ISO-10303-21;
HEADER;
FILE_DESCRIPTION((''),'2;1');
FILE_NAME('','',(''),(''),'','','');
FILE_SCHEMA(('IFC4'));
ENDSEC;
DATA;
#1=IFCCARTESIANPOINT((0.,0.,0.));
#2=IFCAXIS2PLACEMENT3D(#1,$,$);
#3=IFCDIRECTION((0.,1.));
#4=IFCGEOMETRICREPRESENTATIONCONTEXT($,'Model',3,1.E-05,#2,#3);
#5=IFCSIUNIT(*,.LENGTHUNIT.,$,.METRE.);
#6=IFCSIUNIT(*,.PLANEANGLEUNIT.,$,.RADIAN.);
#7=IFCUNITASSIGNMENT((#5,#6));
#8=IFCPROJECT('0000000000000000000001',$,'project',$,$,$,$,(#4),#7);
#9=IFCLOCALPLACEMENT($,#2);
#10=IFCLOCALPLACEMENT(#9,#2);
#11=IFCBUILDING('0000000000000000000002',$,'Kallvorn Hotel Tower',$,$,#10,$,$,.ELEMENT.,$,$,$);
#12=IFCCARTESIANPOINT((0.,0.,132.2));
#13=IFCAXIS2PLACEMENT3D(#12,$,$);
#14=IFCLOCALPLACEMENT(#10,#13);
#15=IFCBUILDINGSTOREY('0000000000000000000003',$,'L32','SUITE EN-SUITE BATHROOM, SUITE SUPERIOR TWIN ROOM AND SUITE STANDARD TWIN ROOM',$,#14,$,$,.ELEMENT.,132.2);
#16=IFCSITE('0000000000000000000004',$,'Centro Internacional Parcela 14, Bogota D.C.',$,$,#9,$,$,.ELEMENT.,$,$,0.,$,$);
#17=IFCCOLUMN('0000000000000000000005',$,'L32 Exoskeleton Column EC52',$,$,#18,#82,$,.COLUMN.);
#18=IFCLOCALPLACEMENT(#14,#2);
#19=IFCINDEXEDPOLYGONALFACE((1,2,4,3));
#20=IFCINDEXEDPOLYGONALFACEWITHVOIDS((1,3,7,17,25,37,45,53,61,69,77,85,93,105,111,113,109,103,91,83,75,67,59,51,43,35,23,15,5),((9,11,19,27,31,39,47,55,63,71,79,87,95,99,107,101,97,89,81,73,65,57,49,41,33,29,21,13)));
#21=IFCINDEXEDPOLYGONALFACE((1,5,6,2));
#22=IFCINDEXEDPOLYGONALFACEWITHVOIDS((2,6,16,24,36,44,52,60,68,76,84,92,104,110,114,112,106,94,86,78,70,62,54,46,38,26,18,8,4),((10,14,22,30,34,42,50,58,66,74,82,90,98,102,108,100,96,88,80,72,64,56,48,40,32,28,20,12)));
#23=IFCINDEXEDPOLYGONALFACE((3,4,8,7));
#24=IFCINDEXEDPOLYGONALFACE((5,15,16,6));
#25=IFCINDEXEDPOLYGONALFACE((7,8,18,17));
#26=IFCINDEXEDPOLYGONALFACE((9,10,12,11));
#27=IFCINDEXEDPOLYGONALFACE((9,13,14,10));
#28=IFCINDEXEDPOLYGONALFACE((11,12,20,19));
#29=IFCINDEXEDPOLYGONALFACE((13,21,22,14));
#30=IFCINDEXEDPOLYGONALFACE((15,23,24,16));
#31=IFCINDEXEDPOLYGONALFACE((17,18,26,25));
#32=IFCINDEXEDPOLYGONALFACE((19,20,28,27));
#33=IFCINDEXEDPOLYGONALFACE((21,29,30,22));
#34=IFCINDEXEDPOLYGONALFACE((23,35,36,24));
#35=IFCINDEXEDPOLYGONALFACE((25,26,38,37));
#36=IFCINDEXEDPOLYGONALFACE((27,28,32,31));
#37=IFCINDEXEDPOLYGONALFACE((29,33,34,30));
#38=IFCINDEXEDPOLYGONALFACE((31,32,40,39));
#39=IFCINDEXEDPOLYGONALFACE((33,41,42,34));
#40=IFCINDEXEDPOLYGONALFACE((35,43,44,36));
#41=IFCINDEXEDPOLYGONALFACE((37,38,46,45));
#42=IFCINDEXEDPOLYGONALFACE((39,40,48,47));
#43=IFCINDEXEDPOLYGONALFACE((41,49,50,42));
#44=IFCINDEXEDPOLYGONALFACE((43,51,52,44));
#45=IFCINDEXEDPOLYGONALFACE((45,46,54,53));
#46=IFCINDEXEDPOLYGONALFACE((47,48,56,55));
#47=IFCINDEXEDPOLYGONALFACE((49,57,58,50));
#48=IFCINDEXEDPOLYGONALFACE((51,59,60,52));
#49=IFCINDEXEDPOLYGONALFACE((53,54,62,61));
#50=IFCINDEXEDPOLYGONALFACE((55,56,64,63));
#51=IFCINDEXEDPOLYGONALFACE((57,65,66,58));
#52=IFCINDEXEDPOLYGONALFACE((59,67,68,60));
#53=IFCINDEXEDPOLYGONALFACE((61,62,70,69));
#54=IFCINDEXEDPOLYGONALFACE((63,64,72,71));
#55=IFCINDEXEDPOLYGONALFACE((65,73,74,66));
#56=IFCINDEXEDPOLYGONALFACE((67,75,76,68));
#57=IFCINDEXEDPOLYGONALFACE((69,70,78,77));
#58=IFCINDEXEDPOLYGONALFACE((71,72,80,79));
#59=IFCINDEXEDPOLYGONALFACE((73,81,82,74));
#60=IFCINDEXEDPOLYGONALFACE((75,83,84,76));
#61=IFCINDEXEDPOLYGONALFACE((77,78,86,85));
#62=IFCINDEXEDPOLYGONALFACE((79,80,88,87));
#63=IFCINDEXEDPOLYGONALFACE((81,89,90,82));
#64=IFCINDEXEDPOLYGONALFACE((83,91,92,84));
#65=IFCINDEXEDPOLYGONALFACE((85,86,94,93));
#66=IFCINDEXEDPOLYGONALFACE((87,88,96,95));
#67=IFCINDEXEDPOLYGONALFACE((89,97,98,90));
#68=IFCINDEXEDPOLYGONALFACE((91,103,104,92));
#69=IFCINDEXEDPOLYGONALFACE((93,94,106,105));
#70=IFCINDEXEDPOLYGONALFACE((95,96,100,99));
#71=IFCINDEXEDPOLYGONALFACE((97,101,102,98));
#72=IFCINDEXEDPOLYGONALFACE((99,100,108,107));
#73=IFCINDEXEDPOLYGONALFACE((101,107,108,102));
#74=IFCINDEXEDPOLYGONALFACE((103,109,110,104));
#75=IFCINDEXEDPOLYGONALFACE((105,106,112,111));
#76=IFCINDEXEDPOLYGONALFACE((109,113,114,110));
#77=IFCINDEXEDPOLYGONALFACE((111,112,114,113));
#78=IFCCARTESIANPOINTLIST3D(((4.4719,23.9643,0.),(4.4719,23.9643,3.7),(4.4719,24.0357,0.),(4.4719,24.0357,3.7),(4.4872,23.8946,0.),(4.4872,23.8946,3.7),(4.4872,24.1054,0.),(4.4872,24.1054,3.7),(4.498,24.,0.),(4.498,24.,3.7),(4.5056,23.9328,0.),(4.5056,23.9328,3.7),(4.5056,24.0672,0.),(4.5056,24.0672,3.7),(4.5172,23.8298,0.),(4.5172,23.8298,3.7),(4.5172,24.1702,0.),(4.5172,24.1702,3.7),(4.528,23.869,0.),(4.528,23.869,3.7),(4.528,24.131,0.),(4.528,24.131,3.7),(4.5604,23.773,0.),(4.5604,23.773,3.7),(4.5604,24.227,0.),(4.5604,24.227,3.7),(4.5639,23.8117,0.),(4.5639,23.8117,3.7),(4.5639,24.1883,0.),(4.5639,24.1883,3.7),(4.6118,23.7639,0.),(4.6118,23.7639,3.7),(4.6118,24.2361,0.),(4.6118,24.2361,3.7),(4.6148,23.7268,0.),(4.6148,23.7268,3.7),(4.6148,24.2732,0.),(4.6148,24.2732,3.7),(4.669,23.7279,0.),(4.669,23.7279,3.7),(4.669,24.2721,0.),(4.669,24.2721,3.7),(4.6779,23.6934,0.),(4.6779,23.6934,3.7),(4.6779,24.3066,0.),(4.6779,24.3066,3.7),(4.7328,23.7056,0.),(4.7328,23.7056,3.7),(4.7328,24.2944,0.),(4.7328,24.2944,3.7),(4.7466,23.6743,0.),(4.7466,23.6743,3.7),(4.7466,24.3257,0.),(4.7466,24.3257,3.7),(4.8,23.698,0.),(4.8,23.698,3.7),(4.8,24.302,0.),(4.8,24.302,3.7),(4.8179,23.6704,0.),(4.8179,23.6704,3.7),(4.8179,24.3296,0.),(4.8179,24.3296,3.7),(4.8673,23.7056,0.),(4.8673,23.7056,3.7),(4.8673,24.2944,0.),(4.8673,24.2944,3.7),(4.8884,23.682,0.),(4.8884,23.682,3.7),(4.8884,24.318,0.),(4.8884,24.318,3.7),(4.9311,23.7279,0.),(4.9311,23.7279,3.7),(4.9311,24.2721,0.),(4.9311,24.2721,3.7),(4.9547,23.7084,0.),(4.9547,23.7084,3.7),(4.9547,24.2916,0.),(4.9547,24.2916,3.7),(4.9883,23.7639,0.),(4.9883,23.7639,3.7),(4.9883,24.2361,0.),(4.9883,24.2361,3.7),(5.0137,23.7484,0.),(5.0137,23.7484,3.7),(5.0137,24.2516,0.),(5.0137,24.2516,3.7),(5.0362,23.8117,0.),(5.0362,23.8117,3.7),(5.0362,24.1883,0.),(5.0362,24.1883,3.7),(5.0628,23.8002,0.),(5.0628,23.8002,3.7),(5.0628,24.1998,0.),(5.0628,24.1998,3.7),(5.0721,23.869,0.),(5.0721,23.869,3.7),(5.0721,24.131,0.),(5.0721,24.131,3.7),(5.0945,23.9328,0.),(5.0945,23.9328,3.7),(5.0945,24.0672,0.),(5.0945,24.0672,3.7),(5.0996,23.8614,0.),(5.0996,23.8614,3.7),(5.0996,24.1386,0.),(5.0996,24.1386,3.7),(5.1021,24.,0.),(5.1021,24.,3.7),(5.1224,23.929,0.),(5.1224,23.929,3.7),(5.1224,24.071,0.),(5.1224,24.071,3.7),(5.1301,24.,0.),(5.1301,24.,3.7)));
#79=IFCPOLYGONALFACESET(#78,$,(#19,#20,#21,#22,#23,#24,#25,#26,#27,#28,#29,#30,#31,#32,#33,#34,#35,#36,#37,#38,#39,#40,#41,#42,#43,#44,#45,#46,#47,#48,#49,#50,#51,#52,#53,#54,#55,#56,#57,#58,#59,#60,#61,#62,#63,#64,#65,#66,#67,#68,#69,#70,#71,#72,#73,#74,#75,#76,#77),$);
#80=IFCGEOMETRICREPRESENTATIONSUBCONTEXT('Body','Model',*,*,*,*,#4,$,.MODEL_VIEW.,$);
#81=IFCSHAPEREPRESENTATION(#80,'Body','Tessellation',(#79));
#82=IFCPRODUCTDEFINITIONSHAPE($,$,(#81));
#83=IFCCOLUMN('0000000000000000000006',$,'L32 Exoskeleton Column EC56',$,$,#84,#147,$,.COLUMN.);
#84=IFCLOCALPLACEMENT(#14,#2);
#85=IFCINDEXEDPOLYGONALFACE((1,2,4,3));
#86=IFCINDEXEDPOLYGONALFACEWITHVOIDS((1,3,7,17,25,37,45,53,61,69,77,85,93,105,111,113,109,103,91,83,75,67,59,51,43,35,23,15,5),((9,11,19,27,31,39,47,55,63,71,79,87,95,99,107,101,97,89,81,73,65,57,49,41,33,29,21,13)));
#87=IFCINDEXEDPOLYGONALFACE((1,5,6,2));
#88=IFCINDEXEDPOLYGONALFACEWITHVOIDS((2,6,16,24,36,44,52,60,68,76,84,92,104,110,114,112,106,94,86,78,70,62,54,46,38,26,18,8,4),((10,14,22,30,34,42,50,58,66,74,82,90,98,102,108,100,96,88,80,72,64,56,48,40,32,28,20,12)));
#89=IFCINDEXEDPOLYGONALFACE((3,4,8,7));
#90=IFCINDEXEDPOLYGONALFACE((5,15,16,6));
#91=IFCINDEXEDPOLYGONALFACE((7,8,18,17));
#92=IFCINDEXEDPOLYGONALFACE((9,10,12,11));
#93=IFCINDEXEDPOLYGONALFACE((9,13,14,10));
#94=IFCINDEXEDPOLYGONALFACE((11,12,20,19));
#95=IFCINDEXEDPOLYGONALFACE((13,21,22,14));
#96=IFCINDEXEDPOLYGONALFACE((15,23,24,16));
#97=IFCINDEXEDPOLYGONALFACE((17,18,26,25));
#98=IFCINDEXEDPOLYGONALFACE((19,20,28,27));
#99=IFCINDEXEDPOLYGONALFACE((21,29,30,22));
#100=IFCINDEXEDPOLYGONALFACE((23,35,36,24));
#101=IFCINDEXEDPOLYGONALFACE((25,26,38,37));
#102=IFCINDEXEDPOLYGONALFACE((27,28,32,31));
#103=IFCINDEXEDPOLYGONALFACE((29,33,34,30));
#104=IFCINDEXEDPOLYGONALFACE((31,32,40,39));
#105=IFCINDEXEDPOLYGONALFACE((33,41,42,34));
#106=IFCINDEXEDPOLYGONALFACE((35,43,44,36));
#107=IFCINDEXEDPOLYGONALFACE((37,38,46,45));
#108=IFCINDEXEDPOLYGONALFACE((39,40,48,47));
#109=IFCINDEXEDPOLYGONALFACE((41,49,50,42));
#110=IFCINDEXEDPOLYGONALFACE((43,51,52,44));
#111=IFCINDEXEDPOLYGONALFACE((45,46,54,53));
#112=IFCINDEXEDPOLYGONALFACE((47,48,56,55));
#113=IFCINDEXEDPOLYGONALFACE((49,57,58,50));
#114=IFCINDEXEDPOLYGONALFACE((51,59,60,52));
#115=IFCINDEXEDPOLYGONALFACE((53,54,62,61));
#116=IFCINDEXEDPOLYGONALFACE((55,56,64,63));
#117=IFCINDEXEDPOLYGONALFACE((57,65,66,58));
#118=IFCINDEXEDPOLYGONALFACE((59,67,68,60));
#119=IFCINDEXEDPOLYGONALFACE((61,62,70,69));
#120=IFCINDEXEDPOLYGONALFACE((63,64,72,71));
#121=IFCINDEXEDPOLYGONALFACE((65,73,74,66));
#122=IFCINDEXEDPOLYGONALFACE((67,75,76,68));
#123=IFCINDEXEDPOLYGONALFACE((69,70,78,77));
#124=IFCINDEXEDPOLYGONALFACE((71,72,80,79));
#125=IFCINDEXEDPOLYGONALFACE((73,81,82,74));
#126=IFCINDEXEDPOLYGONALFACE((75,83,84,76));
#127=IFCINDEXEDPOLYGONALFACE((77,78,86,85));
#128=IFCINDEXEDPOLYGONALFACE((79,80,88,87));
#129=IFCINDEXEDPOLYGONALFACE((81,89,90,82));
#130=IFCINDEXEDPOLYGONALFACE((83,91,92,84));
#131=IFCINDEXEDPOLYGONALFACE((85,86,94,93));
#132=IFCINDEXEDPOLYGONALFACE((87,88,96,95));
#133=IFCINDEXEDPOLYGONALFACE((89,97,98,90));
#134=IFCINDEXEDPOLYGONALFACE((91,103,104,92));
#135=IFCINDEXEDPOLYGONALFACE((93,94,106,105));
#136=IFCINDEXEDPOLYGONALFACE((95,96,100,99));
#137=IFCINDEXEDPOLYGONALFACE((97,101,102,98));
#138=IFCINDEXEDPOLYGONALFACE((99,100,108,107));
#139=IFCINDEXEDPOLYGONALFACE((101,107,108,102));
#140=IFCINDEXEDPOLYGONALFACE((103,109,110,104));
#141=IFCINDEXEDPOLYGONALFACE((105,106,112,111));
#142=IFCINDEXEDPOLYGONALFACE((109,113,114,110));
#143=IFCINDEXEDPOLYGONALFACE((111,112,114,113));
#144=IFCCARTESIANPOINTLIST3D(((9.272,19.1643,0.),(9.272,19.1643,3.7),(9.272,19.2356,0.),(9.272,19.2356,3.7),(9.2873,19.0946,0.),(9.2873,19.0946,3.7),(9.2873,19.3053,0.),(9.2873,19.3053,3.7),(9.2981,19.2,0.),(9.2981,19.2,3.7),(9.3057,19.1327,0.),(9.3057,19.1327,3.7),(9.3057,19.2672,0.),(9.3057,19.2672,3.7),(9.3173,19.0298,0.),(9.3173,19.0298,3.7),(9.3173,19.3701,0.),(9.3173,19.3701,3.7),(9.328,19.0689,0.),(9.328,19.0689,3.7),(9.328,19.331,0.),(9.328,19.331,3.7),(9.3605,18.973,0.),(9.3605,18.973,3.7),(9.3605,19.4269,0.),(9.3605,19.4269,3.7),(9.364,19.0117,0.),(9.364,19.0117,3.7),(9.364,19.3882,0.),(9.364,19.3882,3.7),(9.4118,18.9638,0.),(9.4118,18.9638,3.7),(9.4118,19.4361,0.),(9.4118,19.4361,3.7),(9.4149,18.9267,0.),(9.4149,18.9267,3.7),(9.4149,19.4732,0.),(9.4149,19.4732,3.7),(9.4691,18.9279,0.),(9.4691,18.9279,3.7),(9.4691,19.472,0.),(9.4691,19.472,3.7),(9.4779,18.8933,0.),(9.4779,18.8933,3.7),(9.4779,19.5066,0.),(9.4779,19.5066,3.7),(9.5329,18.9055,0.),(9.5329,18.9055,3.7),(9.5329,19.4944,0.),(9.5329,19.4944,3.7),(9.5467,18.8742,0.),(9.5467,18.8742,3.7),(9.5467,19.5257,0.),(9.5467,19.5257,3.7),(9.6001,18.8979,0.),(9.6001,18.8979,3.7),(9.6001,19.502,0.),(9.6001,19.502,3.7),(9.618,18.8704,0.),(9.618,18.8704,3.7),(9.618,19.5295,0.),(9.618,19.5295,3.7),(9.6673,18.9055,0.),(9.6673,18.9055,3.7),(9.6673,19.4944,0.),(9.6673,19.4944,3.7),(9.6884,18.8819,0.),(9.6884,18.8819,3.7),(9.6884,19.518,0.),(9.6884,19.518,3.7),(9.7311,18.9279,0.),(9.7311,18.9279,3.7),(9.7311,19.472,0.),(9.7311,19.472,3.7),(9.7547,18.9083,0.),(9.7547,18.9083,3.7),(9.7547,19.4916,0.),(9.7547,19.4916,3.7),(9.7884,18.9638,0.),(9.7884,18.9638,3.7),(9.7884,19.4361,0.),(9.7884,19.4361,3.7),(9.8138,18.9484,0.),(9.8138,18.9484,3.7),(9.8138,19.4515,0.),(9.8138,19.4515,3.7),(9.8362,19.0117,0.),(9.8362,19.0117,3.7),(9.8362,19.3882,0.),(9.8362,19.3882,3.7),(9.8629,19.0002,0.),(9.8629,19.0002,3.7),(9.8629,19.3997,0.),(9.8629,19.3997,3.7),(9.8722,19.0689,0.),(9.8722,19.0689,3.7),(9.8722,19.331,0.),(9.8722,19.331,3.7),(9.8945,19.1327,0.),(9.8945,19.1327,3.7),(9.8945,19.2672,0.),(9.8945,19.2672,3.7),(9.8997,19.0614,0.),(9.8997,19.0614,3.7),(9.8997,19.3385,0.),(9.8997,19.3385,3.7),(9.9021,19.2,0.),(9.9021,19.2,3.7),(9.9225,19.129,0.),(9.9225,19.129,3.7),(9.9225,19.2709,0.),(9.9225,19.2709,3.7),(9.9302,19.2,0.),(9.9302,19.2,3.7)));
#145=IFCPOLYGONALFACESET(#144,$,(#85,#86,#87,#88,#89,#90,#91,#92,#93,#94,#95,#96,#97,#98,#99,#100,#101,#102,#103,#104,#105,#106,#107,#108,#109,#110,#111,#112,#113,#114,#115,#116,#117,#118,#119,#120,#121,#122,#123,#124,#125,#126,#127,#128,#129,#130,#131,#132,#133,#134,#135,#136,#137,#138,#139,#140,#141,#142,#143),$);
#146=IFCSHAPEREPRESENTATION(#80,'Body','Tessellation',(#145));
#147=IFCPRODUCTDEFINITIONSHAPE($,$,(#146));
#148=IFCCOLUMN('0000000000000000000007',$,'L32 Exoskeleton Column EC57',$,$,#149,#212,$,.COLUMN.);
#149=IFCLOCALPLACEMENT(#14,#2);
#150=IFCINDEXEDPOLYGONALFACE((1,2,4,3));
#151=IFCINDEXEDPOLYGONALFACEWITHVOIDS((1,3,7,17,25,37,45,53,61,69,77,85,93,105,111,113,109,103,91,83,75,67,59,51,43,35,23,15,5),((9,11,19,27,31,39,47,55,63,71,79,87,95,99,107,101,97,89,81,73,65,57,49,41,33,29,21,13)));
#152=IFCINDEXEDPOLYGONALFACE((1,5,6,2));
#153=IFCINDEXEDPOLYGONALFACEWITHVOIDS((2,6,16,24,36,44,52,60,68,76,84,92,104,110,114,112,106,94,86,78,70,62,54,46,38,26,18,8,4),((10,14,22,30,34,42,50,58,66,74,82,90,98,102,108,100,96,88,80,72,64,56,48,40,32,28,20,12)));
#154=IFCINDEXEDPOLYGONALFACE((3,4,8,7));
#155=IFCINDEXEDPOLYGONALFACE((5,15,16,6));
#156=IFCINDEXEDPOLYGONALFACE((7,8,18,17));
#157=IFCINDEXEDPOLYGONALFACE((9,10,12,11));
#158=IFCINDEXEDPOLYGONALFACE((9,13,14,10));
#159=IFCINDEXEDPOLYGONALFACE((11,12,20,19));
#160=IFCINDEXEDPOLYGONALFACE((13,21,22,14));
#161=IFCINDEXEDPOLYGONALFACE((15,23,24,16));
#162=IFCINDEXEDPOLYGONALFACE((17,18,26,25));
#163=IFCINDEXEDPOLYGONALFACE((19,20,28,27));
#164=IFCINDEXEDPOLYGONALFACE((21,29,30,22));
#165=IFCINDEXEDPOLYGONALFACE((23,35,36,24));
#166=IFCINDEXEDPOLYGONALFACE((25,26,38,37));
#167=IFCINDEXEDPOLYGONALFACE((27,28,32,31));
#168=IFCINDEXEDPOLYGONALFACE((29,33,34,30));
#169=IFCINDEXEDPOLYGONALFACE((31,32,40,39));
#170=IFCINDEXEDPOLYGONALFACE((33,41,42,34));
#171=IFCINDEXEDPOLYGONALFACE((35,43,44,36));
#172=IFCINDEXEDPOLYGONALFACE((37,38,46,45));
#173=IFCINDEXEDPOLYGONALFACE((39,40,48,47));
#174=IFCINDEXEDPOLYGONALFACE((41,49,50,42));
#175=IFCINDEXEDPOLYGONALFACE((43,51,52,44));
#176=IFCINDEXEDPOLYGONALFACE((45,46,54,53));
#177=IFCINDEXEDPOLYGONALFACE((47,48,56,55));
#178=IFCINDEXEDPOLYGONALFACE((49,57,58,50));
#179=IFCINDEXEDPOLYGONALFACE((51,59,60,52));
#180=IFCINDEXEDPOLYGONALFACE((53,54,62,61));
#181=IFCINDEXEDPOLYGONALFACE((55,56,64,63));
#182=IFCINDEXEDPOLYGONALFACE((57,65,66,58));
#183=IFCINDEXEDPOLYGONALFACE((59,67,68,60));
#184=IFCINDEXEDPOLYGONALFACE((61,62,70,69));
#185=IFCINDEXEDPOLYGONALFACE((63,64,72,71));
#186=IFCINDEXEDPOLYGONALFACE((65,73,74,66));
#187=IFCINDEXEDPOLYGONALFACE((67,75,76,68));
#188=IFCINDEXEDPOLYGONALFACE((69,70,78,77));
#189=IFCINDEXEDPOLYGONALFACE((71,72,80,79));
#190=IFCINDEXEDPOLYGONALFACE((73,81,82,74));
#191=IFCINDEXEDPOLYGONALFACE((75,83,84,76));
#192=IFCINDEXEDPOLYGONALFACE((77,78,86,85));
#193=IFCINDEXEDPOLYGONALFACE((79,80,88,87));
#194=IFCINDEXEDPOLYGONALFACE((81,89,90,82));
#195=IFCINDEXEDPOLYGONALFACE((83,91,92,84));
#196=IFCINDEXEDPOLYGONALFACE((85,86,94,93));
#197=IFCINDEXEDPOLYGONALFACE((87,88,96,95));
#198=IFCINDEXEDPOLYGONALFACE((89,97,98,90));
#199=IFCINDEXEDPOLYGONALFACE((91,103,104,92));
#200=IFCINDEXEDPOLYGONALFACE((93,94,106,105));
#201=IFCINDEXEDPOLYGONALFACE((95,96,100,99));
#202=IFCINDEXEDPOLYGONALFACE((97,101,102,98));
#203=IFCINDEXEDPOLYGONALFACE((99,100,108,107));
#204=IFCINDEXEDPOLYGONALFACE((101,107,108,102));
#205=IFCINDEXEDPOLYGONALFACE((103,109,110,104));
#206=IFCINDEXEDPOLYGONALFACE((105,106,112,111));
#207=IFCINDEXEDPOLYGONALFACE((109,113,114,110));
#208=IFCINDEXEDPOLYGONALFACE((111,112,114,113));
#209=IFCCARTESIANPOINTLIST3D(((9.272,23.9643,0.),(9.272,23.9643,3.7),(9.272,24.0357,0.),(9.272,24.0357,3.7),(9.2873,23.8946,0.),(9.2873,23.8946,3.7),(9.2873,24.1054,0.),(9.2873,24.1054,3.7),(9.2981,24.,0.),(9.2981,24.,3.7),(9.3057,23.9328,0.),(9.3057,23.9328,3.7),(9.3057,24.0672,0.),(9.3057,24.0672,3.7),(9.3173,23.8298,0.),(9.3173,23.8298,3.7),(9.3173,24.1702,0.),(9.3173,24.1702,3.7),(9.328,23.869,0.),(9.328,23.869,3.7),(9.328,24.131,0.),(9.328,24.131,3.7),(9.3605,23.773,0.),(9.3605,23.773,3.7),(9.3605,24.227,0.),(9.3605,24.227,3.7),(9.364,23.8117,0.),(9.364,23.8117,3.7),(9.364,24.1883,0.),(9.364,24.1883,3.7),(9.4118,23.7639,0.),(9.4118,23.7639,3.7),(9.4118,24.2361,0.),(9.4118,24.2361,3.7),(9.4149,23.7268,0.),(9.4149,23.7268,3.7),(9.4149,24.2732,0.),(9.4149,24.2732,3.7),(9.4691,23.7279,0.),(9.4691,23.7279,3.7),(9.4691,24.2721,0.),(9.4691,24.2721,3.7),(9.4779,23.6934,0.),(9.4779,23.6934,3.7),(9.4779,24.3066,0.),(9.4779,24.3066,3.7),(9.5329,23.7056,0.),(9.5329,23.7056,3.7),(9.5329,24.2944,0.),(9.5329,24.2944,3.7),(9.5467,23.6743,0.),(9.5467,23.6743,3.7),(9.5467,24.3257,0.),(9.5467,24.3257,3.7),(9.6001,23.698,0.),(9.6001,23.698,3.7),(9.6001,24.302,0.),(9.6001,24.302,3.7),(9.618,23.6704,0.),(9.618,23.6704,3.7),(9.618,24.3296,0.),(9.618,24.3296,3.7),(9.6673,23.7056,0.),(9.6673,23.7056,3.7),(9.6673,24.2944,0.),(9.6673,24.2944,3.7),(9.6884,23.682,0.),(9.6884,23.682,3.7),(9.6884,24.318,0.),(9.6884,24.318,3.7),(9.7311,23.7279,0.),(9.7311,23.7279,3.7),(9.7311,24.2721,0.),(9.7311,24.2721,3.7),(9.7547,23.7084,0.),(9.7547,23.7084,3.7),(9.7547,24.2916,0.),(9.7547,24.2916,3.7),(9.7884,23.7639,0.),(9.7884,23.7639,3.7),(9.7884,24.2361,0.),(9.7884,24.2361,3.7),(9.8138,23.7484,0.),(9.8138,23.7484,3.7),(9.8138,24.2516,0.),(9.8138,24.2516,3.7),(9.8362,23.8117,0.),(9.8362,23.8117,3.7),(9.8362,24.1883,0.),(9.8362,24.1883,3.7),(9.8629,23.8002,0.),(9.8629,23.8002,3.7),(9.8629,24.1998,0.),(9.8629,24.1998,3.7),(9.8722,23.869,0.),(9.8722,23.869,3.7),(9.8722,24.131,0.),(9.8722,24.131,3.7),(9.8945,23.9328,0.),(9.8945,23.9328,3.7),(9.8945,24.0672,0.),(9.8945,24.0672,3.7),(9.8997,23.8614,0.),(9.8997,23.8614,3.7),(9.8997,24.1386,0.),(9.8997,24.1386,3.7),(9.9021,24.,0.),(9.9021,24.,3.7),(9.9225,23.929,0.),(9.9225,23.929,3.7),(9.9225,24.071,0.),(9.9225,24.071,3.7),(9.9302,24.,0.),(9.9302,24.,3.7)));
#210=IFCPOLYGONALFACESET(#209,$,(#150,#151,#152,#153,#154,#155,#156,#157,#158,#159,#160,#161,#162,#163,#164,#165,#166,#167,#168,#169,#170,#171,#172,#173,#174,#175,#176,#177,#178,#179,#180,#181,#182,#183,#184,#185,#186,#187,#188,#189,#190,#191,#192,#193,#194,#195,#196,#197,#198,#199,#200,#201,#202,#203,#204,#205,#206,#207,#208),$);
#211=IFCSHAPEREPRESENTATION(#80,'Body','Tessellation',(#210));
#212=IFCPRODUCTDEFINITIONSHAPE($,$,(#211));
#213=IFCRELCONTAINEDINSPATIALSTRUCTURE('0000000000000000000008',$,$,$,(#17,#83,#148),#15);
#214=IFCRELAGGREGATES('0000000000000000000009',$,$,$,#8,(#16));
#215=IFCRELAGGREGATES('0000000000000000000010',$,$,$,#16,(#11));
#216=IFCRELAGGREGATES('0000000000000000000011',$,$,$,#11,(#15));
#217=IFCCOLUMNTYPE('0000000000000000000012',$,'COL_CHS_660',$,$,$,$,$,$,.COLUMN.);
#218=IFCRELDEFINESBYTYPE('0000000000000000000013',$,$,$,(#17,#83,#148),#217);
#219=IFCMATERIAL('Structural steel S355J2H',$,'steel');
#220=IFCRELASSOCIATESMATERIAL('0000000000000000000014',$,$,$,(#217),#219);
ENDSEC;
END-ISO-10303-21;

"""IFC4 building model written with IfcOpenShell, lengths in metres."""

from ifc_helpers import new_model, si_unit, direction, frame, origin, origin_2d, place, context, subcontext, project, spatial, hollow_circle, extrude, material, material_profile, profile_set, type_object, element, save


model = new_model("IFC4")

# Units and contexts
model_context = context("Model", 3, precision=1e-05, world=origin(), true_north=direction((0.0, 1.0)))
body_context = subcontext(model_context, "Body", "Model", "MODEL_VIEW")
ifc_project = project(units=[si_unit("LENGTHUNIT", "METRE"), si_unit("PLANEANGLEUNIT", "RADIAN")], contexts=[model_context])

# Site, building, storey
site_placement = place(None, origin())
site = spatial("IfcSite", under=ifc_project, at=site_placement, Name="Centro Internacional Parcela 14, Bogota D.C.", CompositionType="ELEMENT", RefElevation=0.0)
building_placement = place(site_placement, origin())
building = spatial("IfcBuilding", under=site, at=building_placement, Name="Kallvorn Hotel Tower", CompositionType="ELEMENT")
storey_placement = place(building_placement, frame((0.0, 0.0, 132.2)))
storey = spatial("IfcBuildingStorey", under=building, at=storey_placement, Name="L32", Description="SUITE EN-SUITE BATHROOM, SUITE SUPERIOR TWIN ROOM AND SUITE STANDARD TWIN ROOM", CompositionType="ELEMENT", Elevation=132.2)

# Columns
ifc_material_1 = material(Name="Structural steel S355J2H", Category="steel")
ifc_material_profile_1 = material_profile(ifc_material_1, hollow_circle(Radius=0.3301, WallThickness=0.0281, at=origin_2d()), Name="CHS 660x28")
ifc_profile_set_1 = profile_set([ifc_material_profile_1], Name="Structural steel S355J2H")
column_type_1 = type_object("IfcColumnType", Name="COL_CHS_660", PredefinedType="COLUMN", material=ifc_profile_set_1)
for number, where, z_axis, x_axis, name in (
    (1, (4.8, 24.0, 0.0), (0.0, 0.0, 1.0), (1.0, 0.0, 0.0), "L32 Exoskeleton Column EC52"),
    (2, (9.6001, 19.2, 0.0), (0.0, 0.0, 1.0), (1.0, 0.0, 0.0), "L32 Exoskeleton Column EC56"),
    (3, (9.6001, 24.0, 0.0), (0.0, 0.0, 1.0), (1.0, 0.0, 0.0), "L32 Exoskeleton Column EC57"),
):
    element("IfcColumn", number, at=place(storey_placement, frame(where, z_axis=z_axis, x_axis=x_axis)), inside=storey, type_object=column_type_1, Name=name, PredefinedType="COLUMN", context=body_context, shape_type="SweptSolid", body=[
        extrude(hollow_circle(Radius=0.3301, WallThickness=0.0281, at=origin_2d()), origin(), (0.0, 0.0, 1.0), 3.7),
    ])

save(model, "model.ifc")
